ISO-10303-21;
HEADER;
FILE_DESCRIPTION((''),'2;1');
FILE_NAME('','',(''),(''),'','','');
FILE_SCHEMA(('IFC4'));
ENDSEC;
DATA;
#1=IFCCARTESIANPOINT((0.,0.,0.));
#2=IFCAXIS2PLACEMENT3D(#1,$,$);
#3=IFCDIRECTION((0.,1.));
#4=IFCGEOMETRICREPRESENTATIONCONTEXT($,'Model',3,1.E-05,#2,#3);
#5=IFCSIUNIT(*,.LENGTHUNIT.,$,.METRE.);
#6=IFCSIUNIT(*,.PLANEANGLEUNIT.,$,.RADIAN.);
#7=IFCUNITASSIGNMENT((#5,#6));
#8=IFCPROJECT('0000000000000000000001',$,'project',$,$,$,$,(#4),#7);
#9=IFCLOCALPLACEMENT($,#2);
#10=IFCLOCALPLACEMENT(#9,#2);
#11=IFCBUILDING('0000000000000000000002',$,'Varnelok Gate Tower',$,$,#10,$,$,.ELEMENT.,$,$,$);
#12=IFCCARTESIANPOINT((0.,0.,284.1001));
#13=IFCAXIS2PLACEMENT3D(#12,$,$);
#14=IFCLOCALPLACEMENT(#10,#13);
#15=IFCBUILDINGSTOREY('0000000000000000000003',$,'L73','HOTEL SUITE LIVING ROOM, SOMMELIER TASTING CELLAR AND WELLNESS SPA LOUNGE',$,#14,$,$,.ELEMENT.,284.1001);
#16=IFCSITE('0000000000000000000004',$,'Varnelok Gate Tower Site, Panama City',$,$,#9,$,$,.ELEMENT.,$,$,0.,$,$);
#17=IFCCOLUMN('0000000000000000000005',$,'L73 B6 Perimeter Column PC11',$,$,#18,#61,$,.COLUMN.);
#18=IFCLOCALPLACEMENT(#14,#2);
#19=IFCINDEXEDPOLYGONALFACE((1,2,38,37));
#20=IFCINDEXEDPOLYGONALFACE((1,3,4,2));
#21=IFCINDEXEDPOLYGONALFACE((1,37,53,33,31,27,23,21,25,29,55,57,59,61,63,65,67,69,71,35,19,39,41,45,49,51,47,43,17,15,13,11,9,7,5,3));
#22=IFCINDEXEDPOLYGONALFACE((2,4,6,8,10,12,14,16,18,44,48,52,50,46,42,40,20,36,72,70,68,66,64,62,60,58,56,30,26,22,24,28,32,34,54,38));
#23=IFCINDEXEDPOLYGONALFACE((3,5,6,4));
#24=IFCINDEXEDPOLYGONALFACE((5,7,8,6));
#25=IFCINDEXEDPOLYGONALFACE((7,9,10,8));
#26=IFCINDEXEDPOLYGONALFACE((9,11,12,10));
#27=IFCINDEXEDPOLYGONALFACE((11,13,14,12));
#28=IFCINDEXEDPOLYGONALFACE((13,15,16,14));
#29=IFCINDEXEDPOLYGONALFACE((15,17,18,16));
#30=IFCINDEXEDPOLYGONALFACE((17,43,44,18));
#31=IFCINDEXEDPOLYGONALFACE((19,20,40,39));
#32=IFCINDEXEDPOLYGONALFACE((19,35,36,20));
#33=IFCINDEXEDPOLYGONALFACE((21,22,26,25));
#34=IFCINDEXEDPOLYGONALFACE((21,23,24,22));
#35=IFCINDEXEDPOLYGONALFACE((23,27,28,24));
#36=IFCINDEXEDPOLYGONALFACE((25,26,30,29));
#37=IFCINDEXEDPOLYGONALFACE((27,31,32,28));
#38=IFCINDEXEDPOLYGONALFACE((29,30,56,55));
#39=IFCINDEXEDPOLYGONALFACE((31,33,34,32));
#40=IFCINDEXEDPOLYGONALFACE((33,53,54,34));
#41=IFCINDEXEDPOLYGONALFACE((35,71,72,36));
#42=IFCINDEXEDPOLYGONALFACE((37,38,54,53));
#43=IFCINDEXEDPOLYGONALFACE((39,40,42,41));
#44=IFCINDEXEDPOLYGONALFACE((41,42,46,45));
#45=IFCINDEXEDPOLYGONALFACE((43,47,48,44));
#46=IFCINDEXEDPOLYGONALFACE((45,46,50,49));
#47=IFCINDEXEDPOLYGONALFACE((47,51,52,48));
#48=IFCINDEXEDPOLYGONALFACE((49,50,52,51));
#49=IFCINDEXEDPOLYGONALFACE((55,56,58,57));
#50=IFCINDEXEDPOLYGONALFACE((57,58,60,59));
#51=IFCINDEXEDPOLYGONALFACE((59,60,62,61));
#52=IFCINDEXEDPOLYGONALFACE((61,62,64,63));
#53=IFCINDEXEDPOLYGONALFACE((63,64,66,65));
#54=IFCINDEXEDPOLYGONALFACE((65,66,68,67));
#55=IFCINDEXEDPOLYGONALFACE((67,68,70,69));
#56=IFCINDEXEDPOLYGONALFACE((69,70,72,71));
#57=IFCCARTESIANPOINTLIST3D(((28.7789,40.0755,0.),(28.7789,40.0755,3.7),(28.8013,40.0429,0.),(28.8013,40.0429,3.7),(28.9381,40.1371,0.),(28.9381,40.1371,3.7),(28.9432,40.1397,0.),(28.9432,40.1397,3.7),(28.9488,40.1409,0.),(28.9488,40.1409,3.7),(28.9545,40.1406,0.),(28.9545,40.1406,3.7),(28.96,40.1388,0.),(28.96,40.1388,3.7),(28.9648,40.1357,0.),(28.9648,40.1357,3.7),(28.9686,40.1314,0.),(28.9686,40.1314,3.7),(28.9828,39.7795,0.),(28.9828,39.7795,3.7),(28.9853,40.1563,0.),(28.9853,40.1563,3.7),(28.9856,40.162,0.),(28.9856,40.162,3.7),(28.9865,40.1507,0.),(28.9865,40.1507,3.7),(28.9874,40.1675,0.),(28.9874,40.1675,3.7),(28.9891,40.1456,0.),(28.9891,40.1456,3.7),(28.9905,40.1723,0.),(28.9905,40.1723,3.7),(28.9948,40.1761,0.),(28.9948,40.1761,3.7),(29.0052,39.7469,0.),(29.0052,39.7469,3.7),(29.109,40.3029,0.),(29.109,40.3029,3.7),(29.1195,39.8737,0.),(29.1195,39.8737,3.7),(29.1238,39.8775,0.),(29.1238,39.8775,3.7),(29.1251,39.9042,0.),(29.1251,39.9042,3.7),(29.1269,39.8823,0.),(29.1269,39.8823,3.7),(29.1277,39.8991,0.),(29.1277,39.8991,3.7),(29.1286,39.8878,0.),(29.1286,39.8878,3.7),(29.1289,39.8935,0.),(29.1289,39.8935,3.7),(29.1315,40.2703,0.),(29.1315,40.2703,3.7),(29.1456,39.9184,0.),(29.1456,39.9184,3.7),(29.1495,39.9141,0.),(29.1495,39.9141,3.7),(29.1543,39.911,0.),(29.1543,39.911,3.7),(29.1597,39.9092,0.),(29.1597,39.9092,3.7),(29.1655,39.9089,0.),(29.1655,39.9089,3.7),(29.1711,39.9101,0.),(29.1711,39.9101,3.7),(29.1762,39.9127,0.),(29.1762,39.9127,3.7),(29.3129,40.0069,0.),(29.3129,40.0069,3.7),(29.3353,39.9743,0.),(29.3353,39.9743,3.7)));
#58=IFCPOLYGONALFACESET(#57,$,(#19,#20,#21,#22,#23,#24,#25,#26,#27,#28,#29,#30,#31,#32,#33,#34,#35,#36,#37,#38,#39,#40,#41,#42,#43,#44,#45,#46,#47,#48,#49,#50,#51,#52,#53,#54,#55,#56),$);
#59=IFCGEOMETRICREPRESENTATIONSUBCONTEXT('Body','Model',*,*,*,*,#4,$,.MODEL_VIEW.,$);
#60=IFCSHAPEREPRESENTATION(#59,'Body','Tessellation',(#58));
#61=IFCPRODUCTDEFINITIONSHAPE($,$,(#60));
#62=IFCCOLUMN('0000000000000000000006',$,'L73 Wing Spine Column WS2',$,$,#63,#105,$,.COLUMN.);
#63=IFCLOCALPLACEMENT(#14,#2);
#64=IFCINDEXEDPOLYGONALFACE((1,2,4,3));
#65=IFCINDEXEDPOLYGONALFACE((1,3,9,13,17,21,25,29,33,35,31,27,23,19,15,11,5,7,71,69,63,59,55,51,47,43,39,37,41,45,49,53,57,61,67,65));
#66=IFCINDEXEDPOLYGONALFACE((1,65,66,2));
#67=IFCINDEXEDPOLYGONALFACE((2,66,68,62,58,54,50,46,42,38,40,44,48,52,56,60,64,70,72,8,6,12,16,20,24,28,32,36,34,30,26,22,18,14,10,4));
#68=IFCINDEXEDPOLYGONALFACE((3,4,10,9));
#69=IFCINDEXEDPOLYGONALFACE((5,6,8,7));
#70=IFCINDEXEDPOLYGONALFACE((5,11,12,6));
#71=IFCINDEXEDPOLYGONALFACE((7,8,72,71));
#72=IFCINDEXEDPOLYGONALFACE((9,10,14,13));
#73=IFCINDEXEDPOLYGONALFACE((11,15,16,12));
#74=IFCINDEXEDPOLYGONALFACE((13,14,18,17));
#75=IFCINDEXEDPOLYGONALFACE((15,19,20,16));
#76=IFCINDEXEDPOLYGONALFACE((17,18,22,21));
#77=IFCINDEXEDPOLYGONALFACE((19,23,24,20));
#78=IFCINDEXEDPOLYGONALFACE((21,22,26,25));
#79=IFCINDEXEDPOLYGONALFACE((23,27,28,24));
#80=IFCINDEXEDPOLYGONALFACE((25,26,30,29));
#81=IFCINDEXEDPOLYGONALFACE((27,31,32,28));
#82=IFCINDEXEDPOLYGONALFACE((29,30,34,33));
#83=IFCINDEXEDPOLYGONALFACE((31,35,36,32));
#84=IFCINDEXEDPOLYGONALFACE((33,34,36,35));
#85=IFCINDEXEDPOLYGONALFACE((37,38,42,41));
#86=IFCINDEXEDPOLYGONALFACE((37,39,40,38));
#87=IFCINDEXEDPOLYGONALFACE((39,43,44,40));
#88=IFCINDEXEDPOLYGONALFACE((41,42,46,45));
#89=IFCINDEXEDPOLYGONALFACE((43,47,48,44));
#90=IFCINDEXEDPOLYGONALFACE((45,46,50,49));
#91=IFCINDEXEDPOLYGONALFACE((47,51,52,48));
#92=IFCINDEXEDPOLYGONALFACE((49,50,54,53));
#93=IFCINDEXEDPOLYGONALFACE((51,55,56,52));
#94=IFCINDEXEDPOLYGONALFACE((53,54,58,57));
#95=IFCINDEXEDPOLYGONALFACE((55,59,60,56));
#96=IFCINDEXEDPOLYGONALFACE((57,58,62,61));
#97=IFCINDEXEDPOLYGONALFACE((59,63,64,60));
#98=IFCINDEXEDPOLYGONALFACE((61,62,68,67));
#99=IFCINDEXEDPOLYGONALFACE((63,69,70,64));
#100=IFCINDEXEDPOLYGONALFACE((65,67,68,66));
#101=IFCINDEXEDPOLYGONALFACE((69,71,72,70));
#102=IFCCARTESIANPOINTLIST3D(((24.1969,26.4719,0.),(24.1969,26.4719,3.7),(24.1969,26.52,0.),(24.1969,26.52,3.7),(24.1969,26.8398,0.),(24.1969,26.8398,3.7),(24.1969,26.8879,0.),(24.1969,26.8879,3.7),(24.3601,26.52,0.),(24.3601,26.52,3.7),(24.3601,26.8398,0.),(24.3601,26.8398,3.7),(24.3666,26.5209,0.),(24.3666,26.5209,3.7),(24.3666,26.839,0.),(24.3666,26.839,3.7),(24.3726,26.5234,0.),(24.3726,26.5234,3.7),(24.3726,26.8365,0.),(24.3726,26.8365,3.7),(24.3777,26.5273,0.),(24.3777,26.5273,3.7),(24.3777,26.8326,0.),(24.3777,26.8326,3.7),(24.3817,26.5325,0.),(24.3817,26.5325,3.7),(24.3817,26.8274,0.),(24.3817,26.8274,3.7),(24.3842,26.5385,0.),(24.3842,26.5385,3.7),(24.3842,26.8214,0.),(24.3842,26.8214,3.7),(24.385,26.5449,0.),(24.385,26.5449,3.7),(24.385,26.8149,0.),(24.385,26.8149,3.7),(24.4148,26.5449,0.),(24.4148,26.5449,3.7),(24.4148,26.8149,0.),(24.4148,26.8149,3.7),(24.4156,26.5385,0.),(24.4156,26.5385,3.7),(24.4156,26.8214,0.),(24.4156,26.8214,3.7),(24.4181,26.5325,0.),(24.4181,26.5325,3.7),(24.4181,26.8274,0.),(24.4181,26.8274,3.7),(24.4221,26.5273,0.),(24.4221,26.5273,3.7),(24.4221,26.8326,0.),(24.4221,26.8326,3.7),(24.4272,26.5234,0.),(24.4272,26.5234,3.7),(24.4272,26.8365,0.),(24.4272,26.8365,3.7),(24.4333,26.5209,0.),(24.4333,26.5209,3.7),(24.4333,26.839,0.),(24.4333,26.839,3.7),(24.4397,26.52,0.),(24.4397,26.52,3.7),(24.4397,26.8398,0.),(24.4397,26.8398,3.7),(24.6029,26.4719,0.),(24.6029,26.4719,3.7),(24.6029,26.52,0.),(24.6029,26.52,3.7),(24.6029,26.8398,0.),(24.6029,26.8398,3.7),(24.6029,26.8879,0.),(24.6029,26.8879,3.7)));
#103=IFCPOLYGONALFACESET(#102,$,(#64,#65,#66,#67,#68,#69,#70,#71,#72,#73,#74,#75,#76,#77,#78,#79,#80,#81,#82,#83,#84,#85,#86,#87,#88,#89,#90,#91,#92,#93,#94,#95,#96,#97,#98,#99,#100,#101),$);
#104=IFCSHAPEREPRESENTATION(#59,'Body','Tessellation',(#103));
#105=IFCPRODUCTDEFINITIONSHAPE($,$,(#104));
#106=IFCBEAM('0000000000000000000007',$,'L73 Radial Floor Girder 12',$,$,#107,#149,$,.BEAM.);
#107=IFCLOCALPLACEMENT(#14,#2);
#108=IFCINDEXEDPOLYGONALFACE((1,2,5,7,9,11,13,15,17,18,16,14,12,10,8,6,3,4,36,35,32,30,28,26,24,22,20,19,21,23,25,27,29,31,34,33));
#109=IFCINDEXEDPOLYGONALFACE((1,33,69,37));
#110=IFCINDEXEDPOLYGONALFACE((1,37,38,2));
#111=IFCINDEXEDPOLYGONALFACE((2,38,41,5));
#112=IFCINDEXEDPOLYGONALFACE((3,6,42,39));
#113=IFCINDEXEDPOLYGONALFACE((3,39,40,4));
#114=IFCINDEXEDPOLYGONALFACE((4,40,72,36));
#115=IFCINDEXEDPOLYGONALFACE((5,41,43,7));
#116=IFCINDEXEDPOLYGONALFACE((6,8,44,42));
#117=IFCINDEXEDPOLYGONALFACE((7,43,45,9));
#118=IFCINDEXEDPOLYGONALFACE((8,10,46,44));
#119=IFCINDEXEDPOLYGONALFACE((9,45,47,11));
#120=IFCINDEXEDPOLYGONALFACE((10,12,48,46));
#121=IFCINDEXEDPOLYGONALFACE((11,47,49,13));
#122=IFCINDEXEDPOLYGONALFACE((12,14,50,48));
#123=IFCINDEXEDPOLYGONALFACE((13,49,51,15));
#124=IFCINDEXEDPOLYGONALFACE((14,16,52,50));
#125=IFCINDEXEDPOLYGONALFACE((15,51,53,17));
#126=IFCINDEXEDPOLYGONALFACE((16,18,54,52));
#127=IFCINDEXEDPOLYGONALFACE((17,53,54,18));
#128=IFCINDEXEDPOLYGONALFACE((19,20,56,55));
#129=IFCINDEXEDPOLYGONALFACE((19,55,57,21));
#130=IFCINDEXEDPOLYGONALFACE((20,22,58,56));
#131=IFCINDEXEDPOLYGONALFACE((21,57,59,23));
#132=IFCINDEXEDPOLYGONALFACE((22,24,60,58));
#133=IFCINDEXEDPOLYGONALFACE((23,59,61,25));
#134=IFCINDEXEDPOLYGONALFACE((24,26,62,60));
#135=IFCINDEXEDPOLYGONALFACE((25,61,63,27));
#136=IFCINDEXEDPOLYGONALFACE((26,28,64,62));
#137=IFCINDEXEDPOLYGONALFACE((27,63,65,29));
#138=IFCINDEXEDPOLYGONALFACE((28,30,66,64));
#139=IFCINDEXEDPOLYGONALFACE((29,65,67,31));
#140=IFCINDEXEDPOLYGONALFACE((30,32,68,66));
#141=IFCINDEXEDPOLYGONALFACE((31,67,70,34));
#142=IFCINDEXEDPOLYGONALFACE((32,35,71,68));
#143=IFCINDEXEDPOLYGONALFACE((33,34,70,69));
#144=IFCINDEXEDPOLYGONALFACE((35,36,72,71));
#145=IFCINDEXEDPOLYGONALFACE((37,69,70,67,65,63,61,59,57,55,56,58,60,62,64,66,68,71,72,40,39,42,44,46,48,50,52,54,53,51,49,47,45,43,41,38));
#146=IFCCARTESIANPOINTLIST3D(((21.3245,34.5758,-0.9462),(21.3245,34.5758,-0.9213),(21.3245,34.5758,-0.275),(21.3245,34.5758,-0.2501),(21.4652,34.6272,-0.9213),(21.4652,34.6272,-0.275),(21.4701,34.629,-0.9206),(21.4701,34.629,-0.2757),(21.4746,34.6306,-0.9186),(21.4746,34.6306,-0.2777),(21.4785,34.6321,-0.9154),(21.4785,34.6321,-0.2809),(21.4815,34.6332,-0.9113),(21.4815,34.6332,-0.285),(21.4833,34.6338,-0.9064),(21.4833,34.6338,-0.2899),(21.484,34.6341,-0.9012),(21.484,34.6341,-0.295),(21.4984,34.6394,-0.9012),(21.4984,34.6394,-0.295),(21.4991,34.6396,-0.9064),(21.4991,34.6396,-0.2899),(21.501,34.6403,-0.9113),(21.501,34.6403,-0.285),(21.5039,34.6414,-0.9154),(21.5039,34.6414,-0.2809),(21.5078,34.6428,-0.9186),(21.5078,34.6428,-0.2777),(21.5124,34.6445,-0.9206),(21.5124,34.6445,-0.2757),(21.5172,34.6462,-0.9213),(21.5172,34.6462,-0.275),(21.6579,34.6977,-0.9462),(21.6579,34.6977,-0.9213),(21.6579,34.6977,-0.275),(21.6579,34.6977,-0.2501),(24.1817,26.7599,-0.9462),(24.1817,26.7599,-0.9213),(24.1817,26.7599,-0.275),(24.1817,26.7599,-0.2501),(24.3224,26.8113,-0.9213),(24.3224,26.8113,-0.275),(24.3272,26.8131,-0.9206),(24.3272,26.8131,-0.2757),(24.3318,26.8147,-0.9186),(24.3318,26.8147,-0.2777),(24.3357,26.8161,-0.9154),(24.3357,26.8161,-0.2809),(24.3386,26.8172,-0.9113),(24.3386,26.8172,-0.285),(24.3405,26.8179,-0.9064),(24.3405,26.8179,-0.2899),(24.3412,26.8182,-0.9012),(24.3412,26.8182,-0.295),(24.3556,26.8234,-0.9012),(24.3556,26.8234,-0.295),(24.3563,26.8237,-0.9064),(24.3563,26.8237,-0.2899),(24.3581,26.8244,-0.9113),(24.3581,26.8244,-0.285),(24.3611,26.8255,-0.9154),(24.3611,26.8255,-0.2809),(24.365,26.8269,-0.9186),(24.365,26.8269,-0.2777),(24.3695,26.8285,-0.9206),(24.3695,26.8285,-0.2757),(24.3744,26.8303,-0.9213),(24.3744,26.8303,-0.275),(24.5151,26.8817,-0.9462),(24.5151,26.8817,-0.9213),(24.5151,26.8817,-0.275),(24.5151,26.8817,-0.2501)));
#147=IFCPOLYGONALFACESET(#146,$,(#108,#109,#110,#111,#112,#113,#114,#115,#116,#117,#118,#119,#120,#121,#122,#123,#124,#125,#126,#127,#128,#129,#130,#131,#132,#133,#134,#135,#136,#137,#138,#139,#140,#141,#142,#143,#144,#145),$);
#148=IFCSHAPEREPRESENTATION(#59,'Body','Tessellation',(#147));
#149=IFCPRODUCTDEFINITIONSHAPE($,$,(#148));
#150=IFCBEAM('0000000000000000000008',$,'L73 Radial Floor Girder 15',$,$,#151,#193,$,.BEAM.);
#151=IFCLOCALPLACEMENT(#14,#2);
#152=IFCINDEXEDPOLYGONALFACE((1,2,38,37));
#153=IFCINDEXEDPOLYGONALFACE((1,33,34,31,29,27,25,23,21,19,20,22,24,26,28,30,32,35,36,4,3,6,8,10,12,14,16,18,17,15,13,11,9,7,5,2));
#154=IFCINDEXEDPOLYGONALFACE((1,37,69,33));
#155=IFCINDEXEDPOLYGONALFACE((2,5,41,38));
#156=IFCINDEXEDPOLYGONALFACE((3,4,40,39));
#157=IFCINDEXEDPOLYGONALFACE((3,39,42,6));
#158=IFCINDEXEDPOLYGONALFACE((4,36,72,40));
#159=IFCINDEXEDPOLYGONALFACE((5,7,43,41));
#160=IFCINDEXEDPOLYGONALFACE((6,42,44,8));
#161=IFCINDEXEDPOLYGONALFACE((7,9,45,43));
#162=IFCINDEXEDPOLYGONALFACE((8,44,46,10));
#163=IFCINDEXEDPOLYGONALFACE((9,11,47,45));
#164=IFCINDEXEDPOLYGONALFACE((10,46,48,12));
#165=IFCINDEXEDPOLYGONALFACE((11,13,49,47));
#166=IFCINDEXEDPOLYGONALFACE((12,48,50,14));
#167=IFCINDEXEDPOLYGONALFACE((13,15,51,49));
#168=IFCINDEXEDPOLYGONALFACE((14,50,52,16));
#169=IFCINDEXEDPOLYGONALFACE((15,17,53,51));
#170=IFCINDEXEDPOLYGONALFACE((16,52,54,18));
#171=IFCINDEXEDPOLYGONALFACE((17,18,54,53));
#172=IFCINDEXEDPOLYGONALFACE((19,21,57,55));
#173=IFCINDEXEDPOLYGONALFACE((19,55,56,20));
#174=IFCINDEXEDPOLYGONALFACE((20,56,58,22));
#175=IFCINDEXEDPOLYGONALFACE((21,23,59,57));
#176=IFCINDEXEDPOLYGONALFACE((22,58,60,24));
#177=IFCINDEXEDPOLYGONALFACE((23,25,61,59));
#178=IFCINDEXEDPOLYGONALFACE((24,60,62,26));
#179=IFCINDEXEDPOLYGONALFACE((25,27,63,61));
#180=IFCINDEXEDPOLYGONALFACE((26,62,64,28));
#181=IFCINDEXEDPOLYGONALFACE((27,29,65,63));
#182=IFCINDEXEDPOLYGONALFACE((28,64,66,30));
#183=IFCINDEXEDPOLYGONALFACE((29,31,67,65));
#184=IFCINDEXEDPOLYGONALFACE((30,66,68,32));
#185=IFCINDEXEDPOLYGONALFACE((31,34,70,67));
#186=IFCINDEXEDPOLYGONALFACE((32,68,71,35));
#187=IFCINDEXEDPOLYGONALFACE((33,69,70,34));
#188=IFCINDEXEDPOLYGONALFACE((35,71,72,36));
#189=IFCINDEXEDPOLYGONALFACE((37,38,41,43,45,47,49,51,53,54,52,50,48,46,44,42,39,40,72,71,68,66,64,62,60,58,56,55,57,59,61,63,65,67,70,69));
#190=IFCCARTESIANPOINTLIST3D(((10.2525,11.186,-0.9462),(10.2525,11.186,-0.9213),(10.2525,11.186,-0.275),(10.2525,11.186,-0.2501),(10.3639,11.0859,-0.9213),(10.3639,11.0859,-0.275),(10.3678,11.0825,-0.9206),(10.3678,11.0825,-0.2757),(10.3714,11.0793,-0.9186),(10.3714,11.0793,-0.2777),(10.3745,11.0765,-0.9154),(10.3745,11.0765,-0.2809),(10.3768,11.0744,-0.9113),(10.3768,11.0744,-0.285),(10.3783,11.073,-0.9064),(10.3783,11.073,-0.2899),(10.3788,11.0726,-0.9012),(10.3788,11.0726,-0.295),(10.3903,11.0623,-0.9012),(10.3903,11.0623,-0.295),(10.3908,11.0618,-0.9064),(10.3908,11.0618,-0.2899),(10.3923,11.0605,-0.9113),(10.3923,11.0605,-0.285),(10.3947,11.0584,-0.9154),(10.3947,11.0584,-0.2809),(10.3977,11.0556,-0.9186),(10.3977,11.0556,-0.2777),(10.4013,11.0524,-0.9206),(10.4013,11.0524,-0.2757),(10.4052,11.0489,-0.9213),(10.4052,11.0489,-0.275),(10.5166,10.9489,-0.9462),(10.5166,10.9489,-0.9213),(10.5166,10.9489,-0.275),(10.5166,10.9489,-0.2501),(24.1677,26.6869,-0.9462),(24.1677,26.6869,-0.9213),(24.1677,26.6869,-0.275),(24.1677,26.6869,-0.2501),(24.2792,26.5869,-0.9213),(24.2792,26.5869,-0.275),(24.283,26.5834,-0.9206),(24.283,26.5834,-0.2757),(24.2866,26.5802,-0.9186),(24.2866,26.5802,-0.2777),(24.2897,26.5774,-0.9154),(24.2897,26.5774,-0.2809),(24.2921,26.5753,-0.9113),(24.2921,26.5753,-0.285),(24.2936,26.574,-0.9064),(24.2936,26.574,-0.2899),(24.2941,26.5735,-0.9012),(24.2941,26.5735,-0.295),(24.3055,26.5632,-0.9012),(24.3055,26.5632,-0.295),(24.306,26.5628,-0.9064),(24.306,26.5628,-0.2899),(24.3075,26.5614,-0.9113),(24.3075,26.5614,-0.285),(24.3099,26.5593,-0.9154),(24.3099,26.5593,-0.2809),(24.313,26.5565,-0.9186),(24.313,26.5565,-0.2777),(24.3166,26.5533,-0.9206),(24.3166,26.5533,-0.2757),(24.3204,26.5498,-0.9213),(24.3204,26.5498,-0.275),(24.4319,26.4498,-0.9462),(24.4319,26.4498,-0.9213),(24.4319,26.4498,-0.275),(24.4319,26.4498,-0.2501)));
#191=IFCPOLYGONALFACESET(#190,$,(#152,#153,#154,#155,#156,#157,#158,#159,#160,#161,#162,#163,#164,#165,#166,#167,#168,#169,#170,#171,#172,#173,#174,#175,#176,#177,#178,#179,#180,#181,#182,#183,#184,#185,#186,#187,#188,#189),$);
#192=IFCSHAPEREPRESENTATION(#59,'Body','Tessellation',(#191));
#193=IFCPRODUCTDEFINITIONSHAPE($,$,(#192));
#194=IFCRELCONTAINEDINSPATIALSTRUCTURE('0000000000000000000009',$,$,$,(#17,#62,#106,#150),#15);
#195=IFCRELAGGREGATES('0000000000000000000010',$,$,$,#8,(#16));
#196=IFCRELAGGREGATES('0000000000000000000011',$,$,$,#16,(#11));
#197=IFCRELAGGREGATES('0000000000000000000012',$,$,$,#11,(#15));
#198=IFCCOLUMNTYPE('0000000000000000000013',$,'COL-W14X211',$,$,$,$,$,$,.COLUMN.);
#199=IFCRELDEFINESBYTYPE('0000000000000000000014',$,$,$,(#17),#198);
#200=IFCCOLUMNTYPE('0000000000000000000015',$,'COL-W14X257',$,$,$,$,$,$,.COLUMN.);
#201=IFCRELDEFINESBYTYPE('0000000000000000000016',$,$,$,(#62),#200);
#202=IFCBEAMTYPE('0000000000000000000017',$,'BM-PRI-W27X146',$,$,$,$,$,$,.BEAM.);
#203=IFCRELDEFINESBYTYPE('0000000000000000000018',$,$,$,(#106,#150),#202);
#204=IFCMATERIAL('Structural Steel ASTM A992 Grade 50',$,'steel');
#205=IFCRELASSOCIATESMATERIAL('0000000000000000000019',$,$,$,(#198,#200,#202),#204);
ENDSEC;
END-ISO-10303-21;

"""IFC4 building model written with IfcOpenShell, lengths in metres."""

from ifc_helpers import new_model, si_unit, direction, frame, origin, origin_2d, place, context, subcontext, project, spatial, i_section, extrude, material, material_profile, profile_set, type_object, element, save


model = new_model("IFC4")

# Units and contexts
model_context = context("Model", 3, precision=1e-05, world=origin(), true_north=direction((0.0, 1.0)))
body_context = subcontext(model_context, "Body", "Model", "MODEL_VIEW")
ifc_project = project(units=[si_unit("LENGTHUNIT", "METRE"), si_unit("PLANEANGLEUNIT", "RADIAN")], contexts=[model_context])

# Site, building, storey
site_placement = place(None, origin())
site = spatial("IfcSite", under=ifc_project, at=site_placement, Name="Varnelok Gate Tower Site, Panama City", CompositionType="ELEMENT", RefElevation=0.0)
building_placement = place(site_placement, origin())
building = spatial("IfcBuilding", under=site, at=building_placement, Name="Varnelok Gate Tower", CompositionType="ELEMENT")
storey_placement = place(building_placement, frame((0.0, 0.0, 284.1001)))
storey = spatial("IfcBuildingStorey", under=building, at=storey_placement, Name="L73", Description="HOTEL SUITE LIVING ROOM, SOMMELIER TASTING CELLAR AND WELLNESS SPA LOUNGE", CompositionType="ELEMENT", Elevation=284.1001)

# Columns
ifc_material_1 = material(Name="Structural Steel ASTM A992 Grade 50", Category="steel")
ifc_material_profile_1 = material_profile(ifc_material_1, i_section(OverallWidth=0.4009, OverallDepth=0.3989, WebThickness=0.0249, FlangeThickness=0.0396, FilletRadius=0.022, at=origin_2d()), Name="W14X211")
ifc_profile_set_1 = profile_set([ifc_material_profile_1], Name="Structural Steel ASTM A992 Grade 50")
column_type_1 = type_object("IfcColumnType", Name="COL-W14X211", PredefinedType="COLUMN", material=ifc_profile_set_1)
column_1_placement = place(storey_placement, frame((29.0571, 40.0249, 0.0), z_axis=(0.0, 0.0, 1.0), x_axis=(0.823533, 0.567269, 0.0)))
element("IfcColumn", 1, at=column_1_placement, inside=storey, type_object=column_type_1, Name="L73 B6 Perimeter Column PC11", PredefinedType="COLUMN", context=body_context, shape_type="SweptSolid", body=[
    extrude(i_section(OverallWidth=0.4009, OverallDepth=0.3989, WebThickness=0.0249, FlangeThickness=0.0396, FilletRadius=0.022, at=origin_2d()), origin(), (0.0, 0.0, 1.0), 3.7),
])
ifc_material_profile_2 = material_profile(ifc_material_1, i_section(OverallWidth=0.406, OverallDepth=0.416, WebThickness=0.0298, FlangeThickness=0.0481, FilletRadius=0.0249, at=origin_2d()), Name="W14X257")
ifc_profile_set_2 = profile_set([ifc_material_profile_2], Name="Structural Steel ASTM A992 Grade 50")
column_type_2 = type_object("IfcColumnType", Name="COL-W14X257", PredefinedType="COLUMN", material=ifc_profile_set_2)
column_2_placement = place(storey_placement, frame((24.3999, 26.6799, 0.0), z_axis=(0.0, 0.0, 1.0), x_axis=(1.0, 0.0, 0.0)))
element("IfcColumn", 2, at=column_2_placement, inside=storey, type_object=column_type_2, Name="L73 Wing Spine Column WS2", PredefinedType="COLUMN", context=body_context, shape_type="SweptSolid", body=[
    extrude(i_section(OverallWidth=0.406, OverallDepth=0.416, WebThickness=0.0298, FlangeThickness=0.0481, FilletRadius=0.0249, at=origin_2d()), origin(), (0.0, 0.0, 1.0), 3.7),
])

# Beams
ifc_material_profile_3 = material_profile(ifc_material_1, i_section(OverallWidth=0.355, OverallDepth=0.696, WebThickness=0.0154, FlangeThickness=0.0249, FilletRadius=0.02, at=origin_2d()), Name="W27X146")
ifc_profile_set_3 = profile_set([ifc_material_profile_3], Name="Structural Steel ASTM A992 Grade 50")
beam_type_1 = type_object("IfcBeamType", Name="BM-PRI-W27X146", PredefinedType="BEAM", material=ifc_profile_set_3)
beam_1_placement = place(storey_placement, frame((24.3484, 26.8208, -0.5981), z_axis=(-0.343337, 0.939212, 0.0), x_axis=(-0.939212, -0.343337, 0.0)))
element("IfcBeam", 3, at=beam_1_placement, inside=storey, type_object=beam_type_1, Name="L73 Radial Floor Girder 12", PredefinedType="BEAM", context=body_context, shape_type="SweptSolid", body=[
    extrude(i_section(OverallWidth=0.355, OverallDepth=0.696, WebThickness=0.0154, FlangeThickness=0.0249, FilletRadius=0.02, at=origin_2d()), origin(), (0.0, 0.0, 1.0), 8.3218),
])
beam_2_placement = place(storey_placement, frame((24.2998, 26.5684, -0.5981), z_axis=(-0.66802, -0.744143, 0.0), x_axis=(0.744143, -0.66802, 0.0)))
element("IfcBeam", 4, at=beam_2_placement, inside=storey, type_object=beam_type_1, Name="L73 Radial Floor Girder 15", PredefinedType="BEAM", context=body_context, shape_type="SweptSolid", body=[
    extrude(i_section(OverallWidth=0.355, OverallDepth=0.696, WebThickness=0.0154, FlangeThickness=0.0249, FilletRadius=0.02, at=origin_2d()), origin(), (0.0, 0.0, 1.0), 20.8306),
])

save(model, "model.ifc")
